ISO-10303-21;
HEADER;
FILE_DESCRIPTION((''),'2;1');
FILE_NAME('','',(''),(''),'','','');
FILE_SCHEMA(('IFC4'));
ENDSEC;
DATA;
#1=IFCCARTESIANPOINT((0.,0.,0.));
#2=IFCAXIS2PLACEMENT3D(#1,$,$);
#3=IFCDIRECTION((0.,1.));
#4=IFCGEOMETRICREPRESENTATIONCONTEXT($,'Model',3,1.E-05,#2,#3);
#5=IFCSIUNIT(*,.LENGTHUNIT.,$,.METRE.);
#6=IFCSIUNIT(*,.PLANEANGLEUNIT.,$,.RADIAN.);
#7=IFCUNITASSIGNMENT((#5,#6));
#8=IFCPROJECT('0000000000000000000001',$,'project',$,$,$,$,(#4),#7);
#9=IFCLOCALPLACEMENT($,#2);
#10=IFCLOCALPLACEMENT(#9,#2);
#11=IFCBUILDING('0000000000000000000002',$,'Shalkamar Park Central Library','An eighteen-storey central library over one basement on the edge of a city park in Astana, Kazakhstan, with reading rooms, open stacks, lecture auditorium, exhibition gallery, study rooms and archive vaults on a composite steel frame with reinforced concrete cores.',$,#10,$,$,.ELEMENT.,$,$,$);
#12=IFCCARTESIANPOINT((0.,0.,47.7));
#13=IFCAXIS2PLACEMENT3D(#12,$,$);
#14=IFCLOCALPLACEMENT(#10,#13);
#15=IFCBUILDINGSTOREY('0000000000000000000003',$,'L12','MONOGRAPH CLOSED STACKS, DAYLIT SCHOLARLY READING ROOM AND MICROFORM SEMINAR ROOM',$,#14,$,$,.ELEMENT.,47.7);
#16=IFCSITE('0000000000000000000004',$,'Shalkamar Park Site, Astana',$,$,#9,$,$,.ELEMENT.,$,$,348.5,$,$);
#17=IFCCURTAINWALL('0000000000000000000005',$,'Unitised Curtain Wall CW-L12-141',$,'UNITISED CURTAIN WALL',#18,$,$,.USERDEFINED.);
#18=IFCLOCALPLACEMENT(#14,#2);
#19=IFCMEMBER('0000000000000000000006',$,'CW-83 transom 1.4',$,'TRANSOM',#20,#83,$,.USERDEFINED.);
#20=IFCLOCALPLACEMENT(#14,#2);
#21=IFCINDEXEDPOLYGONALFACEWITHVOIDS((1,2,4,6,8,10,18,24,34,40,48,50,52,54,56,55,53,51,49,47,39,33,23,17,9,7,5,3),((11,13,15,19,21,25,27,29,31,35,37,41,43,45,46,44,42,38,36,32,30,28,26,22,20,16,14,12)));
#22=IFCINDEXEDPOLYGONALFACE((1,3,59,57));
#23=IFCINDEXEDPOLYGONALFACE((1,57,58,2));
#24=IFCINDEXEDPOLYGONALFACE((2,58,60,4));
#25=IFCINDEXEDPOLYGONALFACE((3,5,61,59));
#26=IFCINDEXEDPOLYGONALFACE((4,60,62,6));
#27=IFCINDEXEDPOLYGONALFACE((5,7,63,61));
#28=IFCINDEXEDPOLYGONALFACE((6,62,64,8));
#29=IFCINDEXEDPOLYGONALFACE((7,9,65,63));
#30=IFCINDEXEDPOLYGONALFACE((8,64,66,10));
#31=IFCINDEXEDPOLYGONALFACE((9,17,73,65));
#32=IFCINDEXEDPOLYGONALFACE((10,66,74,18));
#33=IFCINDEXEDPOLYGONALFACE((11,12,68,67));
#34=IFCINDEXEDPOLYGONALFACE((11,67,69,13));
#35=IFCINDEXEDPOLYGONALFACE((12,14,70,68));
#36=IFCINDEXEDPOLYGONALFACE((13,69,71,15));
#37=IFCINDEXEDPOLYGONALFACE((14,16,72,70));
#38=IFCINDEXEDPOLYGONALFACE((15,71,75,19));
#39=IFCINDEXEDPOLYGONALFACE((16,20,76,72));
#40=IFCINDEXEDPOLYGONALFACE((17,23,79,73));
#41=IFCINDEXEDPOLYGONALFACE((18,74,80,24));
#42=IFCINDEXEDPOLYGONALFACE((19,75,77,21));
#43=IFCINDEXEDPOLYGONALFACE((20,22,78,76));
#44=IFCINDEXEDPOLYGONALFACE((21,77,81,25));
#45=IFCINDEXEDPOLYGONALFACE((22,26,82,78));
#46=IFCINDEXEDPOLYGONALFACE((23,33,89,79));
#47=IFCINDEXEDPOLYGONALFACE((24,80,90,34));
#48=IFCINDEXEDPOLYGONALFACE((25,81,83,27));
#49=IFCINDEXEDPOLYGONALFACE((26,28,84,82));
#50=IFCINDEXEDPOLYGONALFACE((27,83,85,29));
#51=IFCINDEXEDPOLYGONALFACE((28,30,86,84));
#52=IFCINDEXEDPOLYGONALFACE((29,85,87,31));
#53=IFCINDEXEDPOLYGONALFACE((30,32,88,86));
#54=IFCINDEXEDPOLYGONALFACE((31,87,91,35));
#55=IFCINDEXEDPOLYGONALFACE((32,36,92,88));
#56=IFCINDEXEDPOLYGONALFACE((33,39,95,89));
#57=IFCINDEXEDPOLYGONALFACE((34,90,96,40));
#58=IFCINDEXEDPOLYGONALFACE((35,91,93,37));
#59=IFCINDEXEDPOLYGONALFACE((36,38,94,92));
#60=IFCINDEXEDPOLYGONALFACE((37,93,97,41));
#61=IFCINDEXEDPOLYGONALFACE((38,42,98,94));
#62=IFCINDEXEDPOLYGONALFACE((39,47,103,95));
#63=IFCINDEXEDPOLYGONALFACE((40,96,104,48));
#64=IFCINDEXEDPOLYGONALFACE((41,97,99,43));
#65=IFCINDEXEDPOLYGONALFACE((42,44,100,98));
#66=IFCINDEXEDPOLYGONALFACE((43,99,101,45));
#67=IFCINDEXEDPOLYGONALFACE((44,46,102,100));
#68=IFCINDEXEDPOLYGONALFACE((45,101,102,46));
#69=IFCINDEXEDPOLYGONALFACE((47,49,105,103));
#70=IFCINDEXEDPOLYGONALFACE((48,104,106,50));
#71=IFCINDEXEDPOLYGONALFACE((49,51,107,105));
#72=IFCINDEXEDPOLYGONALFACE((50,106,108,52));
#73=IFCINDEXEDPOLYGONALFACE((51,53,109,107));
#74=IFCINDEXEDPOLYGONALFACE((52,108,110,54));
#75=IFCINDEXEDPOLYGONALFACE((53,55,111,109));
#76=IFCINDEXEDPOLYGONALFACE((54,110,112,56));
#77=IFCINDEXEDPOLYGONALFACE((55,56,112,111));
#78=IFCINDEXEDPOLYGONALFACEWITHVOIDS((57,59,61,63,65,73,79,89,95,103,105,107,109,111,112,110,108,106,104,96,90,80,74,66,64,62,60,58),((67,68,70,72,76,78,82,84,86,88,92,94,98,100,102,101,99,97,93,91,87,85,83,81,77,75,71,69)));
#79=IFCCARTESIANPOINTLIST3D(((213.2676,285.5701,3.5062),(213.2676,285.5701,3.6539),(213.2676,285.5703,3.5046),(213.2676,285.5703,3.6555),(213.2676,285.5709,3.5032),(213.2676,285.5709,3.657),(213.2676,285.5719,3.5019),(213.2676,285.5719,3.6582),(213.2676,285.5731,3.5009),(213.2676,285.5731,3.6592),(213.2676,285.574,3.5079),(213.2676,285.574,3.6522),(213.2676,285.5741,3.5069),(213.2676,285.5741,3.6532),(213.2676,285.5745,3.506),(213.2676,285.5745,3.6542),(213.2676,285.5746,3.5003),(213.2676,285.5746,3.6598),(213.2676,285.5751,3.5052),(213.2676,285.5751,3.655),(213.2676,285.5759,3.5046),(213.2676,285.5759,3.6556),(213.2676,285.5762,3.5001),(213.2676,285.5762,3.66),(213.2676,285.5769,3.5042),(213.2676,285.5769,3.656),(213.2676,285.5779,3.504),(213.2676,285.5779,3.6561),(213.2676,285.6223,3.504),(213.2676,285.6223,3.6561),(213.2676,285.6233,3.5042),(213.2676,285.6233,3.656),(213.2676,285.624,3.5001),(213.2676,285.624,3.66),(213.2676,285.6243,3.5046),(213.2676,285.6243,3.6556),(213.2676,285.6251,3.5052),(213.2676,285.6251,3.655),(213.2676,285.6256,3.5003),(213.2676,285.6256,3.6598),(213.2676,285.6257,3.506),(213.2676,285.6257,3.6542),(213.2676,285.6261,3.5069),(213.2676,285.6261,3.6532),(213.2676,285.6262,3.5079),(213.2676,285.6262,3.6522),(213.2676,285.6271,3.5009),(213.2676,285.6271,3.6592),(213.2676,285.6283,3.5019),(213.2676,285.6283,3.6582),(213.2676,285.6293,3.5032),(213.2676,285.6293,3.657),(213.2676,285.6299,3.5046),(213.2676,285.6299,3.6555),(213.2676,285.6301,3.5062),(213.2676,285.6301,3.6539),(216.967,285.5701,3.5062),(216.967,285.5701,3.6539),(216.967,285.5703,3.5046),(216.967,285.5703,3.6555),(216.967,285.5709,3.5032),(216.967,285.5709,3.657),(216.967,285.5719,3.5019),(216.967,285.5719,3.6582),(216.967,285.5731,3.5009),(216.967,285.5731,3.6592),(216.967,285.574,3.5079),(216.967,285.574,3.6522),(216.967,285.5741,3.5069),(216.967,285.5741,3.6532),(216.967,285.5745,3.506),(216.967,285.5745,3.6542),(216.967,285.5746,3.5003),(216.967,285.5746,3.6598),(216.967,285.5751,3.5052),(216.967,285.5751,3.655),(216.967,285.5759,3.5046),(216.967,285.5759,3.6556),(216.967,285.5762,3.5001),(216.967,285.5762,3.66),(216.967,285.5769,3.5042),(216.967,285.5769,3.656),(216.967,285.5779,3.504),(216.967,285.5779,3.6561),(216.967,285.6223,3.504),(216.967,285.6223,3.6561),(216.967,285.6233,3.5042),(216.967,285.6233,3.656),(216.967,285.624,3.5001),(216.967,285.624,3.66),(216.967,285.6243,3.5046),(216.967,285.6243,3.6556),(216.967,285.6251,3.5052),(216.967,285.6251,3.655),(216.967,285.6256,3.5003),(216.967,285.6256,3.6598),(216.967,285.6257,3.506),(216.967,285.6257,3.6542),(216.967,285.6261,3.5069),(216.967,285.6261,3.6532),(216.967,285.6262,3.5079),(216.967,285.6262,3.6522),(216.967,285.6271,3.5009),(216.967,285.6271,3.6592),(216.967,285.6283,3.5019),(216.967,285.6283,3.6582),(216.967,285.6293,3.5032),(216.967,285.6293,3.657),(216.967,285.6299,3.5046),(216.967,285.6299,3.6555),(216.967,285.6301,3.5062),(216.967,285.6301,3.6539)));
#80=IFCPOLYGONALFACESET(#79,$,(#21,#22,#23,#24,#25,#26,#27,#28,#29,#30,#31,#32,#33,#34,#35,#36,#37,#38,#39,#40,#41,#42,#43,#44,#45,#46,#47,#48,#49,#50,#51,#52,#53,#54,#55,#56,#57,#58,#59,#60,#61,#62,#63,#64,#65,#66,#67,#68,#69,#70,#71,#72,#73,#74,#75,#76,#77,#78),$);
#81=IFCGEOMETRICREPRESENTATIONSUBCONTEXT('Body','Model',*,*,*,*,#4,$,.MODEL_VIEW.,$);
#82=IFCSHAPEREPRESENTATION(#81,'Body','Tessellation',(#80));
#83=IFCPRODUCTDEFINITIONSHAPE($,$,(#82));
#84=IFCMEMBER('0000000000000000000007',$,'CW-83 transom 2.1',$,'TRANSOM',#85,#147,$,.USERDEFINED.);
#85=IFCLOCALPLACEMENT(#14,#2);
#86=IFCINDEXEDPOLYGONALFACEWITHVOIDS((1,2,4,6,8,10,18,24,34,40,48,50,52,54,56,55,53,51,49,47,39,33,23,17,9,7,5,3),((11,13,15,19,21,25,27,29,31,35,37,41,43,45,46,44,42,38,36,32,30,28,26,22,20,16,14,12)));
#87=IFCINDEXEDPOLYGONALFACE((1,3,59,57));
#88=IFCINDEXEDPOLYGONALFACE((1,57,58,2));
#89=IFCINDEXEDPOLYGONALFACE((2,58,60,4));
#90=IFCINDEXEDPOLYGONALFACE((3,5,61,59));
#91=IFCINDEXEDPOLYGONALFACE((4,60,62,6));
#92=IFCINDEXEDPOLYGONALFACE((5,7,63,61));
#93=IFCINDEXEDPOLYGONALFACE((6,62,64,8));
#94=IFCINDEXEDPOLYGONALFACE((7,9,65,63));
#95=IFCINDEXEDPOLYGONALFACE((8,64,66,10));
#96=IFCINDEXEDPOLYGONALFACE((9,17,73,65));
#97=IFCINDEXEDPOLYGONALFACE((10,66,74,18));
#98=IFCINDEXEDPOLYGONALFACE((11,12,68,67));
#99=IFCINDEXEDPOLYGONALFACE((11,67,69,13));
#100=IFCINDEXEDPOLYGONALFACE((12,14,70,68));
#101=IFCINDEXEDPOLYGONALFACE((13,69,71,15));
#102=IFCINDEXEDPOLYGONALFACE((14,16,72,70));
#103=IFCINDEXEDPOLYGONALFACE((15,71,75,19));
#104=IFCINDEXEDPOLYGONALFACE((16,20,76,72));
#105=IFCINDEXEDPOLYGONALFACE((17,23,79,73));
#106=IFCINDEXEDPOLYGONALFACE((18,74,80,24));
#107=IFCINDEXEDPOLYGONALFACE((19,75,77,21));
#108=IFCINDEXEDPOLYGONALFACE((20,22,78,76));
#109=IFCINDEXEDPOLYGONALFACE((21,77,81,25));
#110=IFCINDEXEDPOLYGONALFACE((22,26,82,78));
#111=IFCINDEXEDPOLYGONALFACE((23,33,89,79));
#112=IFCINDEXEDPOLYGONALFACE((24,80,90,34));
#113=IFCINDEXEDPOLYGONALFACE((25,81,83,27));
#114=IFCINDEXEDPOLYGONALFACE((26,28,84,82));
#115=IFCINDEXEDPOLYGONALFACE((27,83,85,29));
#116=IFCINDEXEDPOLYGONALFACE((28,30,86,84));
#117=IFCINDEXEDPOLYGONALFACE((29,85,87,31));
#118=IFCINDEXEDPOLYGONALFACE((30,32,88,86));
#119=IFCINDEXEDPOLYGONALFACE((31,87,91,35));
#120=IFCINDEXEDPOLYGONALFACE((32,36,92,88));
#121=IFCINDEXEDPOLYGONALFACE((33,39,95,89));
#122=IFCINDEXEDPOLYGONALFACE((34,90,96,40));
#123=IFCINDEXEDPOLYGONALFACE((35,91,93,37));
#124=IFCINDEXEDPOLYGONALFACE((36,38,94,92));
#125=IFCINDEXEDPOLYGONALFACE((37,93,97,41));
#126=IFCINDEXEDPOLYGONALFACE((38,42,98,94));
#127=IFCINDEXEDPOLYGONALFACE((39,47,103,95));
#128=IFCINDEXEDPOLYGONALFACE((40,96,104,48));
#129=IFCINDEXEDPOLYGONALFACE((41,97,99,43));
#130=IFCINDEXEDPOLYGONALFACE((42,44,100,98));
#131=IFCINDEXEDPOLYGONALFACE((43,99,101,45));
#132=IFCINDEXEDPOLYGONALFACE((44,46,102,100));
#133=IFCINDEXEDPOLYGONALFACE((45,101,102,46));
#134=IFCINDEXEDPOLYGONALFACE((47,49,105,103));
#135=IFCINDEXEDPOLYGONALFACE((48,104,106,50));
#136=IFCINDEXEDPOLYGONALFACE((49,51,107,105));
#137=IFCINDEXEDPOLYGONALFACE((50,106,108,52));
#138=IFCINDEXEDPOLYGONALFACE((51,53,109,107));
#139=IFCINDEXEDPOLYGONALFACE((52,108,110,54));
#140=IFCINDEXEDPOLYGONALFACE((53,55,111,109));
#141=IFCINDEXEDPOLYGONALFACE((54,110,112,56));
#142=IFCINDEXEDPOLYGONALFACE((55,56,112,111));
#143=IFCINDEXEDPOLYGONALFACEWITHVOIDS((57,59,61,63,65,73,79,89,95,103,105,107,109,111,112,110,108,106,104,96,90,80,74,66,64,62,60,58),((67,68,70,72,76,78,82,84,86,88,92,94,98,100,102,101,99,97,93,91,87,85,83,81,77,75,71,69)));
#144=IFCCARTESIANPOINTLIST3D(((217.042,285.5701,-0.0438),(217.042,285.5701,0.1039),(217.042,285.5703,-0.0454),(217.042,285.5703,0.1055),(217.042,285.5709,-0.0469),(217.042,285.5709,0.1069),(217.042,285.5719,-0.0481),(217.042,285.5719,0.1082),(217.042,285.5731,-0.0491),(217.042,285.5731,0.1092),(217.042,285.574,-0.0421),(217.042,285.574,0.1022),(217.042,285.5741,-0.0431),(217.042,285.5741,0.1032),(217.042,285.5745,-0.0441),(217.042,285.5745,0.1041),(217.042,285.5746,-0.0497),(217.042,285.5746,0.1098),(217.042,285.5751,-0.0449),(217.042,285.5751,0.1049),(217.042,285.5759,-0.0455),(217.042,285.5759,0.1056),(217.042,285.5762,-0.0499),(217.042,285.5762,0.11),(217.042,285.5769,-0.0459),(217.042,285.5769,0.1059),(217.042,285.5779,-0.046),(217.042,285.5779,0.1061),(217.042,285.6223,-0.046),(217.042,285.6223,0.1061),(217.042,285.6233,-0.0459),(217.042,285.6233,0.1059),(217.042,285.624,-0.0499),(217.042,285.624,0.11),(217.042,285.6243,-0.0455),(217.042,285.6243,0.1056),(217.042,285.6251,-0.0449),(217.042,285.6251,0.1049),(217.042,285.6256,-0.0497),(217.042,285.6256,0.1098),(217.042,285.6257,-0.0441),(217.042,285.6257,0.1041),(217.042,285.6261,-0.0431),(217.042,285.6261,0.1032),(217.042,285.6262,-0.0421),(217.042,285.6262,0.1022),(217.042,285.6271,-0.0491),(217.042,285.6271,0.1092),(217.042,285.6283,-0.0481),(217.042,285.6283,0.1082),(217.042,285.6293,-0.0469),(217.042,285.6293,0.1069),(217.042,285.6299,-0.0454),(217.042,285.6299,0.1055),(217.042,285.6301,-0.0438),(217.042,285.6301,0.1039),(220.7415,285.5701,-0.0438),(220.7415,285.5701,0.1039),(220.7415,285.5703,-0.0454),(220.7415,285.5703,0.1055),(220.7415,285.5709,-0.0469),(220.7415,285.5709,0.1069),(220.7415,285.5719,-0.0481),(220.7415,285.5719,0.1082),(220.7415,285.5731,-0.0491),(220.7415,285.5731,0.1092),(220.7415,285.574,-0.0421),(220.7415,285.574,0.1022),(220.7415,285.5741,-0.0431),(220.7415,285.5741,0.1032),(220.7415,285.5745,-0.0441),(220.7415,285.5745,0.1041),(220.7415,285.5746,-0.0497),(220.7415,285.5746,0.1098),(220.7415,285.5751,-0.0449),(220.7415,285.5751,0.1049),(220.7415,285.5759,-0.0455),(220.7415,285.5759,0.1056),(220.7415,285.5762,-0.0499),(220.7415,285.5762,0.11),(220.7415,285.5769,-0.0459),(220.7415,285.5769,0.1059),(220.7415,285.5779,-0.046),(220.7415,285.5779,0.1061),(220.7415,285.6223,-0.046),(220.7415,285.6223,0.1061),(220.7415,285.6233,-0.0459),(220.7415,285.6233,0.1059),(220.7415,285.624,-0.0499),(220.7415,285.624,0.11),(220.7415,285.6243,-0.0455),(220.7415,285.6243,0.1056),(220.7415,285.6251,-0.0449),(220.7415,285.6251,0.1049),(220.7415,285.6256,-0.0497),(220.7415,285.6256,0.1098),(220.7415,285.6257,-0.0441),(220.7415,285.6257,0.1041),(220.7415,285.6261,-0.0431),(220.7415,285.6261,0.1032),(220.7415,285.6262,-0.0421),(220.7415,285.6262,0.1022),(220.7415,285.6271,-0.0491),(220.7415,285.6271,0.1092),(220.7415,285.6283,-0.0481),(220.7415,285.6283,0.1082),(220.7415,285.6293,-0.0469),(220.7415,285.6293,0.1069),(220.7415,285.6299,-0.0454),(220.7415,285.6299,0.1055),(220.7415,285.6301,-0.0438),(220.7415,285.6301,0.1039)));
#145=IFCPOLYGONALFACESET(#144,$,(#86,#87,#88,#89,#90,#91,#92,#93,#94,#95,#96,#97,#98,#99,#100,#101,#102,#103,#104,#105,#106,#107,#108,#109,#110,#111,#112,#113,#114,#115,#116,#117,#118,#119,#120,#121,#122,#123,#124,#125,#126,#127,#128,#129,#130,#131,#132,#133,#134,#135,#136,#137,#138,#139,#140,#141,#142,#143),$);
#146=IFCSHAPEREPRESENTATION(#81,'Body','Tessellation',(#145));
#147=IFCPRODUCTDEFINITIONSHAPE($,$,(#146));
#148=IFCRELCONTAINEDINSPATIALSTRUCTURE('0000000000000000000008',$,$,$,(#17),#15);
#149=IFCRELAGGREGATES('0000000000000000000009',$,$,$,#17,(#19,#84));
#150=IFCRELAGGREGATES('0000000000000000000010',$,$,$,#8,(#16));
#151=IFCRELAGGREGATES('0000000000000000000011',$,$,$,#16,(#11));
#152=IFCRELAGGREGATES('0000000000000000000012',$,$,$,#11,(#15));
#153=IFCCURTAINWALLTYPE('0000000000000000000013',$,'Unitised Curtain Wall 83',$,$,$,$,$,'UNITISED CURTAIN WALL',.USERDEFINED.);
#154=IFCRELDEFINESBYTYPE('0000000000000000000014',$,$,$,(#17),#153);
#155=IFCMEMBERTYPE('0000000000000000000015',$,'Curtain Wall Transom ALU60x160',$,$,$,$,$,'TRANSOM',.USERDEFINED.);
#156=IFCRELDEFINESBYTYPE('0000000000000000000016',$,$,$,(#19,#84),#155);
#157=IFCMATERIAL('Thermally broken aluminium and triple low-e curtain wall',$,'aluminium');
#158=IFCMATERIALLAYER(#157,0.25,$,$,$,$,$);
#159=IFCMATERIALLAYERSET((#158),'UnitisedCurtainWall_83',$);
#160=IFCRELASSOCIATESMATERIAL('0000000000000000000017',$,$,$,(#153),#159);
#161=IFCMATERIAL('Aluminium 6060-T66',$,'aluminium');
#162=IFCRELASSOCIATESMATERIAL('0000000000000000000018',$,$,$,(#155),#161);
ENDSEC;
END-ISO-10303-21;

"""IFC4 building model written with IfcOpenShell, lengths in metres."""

from ifc_helpers import new_model, si_unit, direction, frame, origin, origin_2d, place, context, subcontext, project, spatial, hollow_rectangle, extrude, material, layer, layer_set, material_profile, profile_set, type_object, element, aggregate, save


model = new_model("IFC4")

# Units and contexts
model_context = context("Model", 3, precision=1e-05, world=origin(), true_north=direction((0.0, 1.0)))
body_context = subcontext(model_context, "Body", "Model", "MODEL_VIEW")
ifc_project = project(units=[si_unit("LENGTHUNIT", "METRE"), si_unit("PLANEANGLEUNIT", "RADIAN")], contexts=[model_context])

# Site, building, storey
site_placement = place(None, origin())
site = spatial("IfcSite", under=ifc_project, at=site_placement, Name="Shalkamar Park Site, Astana", CompositionType="ELEMENT", RefElevation=348.5)
building_placement = place(site_placement, origin())
building = spatial("IfcBuilding", under=site, at=building_placement, Name="Shalkamar Park Central Library", Description="An eighteen-storey central library over one basement on the edge of a city park in Astana, Kazakhstan, with reading rooms, open stacks, lecture auditorium, exhibition gallery, study rooms and archive vaults on a composite steel frame with reinforced concrete cores.", CompositionType="ELEMENT")
storey_placement = place(building_placement, frame((0.0, 0.0, 47.7)))
storey = spatial("IfcBuildingStorey", under=building, at=storey_placement, Name="L12", Description="MONOGRAPH CLOSED STACKS, DAYLIT SCHOLARLY READING ROOM AND MICROFORM SEMINAR ROOM", CompositionType="ELEMENT", Elevation=47.7)

# Curtain wall
ifc_material_1 = material(Name="Thermally broken aluminium and triple low-e curtain wall", Category="aluminium")
ifc_layer_1 = layer(ifc_material_1, 0.25)
ifc_layer_set_1 = layer_set([ifc_layer_1], Name="UnitisedCurtainWall_83")
curtain_wall_type_1 = type_object("IfcCurtainWallType", Name="Unitised Curtain Wall 83", ElementType="UNITISED CURTAIN WALL", PredefinedType="USERDEFINED", material=ifc_layer_set_1)
curtain_wall_1_placement = place(storey_placement, origin())
curtain_wall_1 = element("IfcCurtainWall", 1, at=curtain_wall_1_placement, inside=storey, type_object=curtain_wall_type_1, Name="Unitised Curtain Wall CW-L12-141", ObjectType="UNITISED CURTAIN WALL", PredefinedType="USERDEFINED")
ifc_material_2 = material(Name="Aluminium 6060-T66", Category="aluminium")

# Members
ifc_material_profile_1 = material_profile(ifc_material_2, hollow_rectangle(XDim=0.0601, YDim=0.1599, WallThickness=0.0039, InnerFilletRadius=0.0039, OuterFilletRadius=0.0061, at=origin_2d()), Name="ALU 60x160x4")
ifc_profile_set_1 = profile_set([ifc_material_profile_1], Name="Aluminium 6060-T66")
member_type_1 = type_object("IfcMemberType", Name="Curtain Wall Transom ALU60x160", ElementType="TRANSOM", PredefinedType="USERDEFINED", material=ifc_profile_set_1)
member_1_placement = place(storey_placement, frame((213.2676, 285.6001, 3.5801), z_axis=(1.0, 0.0, 0.0), x_axis=(0.0, 1.0, 0.0)))
member_1 = element("IfcMember", 2, at=member_1_placement, type_object=member_type_1, Name="CW-83 transom 1.4", ObjectType="TRANSOM", PredefinedType="USERDEFINED", context=body_context, shape_type="SweptSolid", body=[
    extrude(hollow_rectangle(XDim=0.0601, YDim=0.1599, WallThickness=0.0039, InnerFilletRadius=0.0039, OuterFilletRadius=0.0061, at=origin_2d()), origin(), (0.0, 0.0, 1.0), 3.6995),
])
member_2_placement = place(storey_placement, frame((217.042, 285.6001, 0.03), z_axis=(1.0, 0.0, 0.0), x_axis=(0.0, 1.0, 0.0)))
member_2 = element("IfcMember", 3, at=member_2_placement, type_object=member_type_1, Name="CW-83 transom 2.1", ObjectType="TRANSOM", PredefinedType="USERDEFINED", context=body_context, shape_type="SweptSolid", body=[
    extrude(hollow_rectangle(XDim=0.0601, YDim=0.1599, WallThickness=0.0039, InnerFilletRadius=0.0039, OuterFilletRadius=0.0061, at=origin_2d()), origin(), (0.0, 0.0, 1.0), 3.6995),
])

aggregate(curtain_wall_1, [member_1, member_2])

save(model, "model.ifc")
